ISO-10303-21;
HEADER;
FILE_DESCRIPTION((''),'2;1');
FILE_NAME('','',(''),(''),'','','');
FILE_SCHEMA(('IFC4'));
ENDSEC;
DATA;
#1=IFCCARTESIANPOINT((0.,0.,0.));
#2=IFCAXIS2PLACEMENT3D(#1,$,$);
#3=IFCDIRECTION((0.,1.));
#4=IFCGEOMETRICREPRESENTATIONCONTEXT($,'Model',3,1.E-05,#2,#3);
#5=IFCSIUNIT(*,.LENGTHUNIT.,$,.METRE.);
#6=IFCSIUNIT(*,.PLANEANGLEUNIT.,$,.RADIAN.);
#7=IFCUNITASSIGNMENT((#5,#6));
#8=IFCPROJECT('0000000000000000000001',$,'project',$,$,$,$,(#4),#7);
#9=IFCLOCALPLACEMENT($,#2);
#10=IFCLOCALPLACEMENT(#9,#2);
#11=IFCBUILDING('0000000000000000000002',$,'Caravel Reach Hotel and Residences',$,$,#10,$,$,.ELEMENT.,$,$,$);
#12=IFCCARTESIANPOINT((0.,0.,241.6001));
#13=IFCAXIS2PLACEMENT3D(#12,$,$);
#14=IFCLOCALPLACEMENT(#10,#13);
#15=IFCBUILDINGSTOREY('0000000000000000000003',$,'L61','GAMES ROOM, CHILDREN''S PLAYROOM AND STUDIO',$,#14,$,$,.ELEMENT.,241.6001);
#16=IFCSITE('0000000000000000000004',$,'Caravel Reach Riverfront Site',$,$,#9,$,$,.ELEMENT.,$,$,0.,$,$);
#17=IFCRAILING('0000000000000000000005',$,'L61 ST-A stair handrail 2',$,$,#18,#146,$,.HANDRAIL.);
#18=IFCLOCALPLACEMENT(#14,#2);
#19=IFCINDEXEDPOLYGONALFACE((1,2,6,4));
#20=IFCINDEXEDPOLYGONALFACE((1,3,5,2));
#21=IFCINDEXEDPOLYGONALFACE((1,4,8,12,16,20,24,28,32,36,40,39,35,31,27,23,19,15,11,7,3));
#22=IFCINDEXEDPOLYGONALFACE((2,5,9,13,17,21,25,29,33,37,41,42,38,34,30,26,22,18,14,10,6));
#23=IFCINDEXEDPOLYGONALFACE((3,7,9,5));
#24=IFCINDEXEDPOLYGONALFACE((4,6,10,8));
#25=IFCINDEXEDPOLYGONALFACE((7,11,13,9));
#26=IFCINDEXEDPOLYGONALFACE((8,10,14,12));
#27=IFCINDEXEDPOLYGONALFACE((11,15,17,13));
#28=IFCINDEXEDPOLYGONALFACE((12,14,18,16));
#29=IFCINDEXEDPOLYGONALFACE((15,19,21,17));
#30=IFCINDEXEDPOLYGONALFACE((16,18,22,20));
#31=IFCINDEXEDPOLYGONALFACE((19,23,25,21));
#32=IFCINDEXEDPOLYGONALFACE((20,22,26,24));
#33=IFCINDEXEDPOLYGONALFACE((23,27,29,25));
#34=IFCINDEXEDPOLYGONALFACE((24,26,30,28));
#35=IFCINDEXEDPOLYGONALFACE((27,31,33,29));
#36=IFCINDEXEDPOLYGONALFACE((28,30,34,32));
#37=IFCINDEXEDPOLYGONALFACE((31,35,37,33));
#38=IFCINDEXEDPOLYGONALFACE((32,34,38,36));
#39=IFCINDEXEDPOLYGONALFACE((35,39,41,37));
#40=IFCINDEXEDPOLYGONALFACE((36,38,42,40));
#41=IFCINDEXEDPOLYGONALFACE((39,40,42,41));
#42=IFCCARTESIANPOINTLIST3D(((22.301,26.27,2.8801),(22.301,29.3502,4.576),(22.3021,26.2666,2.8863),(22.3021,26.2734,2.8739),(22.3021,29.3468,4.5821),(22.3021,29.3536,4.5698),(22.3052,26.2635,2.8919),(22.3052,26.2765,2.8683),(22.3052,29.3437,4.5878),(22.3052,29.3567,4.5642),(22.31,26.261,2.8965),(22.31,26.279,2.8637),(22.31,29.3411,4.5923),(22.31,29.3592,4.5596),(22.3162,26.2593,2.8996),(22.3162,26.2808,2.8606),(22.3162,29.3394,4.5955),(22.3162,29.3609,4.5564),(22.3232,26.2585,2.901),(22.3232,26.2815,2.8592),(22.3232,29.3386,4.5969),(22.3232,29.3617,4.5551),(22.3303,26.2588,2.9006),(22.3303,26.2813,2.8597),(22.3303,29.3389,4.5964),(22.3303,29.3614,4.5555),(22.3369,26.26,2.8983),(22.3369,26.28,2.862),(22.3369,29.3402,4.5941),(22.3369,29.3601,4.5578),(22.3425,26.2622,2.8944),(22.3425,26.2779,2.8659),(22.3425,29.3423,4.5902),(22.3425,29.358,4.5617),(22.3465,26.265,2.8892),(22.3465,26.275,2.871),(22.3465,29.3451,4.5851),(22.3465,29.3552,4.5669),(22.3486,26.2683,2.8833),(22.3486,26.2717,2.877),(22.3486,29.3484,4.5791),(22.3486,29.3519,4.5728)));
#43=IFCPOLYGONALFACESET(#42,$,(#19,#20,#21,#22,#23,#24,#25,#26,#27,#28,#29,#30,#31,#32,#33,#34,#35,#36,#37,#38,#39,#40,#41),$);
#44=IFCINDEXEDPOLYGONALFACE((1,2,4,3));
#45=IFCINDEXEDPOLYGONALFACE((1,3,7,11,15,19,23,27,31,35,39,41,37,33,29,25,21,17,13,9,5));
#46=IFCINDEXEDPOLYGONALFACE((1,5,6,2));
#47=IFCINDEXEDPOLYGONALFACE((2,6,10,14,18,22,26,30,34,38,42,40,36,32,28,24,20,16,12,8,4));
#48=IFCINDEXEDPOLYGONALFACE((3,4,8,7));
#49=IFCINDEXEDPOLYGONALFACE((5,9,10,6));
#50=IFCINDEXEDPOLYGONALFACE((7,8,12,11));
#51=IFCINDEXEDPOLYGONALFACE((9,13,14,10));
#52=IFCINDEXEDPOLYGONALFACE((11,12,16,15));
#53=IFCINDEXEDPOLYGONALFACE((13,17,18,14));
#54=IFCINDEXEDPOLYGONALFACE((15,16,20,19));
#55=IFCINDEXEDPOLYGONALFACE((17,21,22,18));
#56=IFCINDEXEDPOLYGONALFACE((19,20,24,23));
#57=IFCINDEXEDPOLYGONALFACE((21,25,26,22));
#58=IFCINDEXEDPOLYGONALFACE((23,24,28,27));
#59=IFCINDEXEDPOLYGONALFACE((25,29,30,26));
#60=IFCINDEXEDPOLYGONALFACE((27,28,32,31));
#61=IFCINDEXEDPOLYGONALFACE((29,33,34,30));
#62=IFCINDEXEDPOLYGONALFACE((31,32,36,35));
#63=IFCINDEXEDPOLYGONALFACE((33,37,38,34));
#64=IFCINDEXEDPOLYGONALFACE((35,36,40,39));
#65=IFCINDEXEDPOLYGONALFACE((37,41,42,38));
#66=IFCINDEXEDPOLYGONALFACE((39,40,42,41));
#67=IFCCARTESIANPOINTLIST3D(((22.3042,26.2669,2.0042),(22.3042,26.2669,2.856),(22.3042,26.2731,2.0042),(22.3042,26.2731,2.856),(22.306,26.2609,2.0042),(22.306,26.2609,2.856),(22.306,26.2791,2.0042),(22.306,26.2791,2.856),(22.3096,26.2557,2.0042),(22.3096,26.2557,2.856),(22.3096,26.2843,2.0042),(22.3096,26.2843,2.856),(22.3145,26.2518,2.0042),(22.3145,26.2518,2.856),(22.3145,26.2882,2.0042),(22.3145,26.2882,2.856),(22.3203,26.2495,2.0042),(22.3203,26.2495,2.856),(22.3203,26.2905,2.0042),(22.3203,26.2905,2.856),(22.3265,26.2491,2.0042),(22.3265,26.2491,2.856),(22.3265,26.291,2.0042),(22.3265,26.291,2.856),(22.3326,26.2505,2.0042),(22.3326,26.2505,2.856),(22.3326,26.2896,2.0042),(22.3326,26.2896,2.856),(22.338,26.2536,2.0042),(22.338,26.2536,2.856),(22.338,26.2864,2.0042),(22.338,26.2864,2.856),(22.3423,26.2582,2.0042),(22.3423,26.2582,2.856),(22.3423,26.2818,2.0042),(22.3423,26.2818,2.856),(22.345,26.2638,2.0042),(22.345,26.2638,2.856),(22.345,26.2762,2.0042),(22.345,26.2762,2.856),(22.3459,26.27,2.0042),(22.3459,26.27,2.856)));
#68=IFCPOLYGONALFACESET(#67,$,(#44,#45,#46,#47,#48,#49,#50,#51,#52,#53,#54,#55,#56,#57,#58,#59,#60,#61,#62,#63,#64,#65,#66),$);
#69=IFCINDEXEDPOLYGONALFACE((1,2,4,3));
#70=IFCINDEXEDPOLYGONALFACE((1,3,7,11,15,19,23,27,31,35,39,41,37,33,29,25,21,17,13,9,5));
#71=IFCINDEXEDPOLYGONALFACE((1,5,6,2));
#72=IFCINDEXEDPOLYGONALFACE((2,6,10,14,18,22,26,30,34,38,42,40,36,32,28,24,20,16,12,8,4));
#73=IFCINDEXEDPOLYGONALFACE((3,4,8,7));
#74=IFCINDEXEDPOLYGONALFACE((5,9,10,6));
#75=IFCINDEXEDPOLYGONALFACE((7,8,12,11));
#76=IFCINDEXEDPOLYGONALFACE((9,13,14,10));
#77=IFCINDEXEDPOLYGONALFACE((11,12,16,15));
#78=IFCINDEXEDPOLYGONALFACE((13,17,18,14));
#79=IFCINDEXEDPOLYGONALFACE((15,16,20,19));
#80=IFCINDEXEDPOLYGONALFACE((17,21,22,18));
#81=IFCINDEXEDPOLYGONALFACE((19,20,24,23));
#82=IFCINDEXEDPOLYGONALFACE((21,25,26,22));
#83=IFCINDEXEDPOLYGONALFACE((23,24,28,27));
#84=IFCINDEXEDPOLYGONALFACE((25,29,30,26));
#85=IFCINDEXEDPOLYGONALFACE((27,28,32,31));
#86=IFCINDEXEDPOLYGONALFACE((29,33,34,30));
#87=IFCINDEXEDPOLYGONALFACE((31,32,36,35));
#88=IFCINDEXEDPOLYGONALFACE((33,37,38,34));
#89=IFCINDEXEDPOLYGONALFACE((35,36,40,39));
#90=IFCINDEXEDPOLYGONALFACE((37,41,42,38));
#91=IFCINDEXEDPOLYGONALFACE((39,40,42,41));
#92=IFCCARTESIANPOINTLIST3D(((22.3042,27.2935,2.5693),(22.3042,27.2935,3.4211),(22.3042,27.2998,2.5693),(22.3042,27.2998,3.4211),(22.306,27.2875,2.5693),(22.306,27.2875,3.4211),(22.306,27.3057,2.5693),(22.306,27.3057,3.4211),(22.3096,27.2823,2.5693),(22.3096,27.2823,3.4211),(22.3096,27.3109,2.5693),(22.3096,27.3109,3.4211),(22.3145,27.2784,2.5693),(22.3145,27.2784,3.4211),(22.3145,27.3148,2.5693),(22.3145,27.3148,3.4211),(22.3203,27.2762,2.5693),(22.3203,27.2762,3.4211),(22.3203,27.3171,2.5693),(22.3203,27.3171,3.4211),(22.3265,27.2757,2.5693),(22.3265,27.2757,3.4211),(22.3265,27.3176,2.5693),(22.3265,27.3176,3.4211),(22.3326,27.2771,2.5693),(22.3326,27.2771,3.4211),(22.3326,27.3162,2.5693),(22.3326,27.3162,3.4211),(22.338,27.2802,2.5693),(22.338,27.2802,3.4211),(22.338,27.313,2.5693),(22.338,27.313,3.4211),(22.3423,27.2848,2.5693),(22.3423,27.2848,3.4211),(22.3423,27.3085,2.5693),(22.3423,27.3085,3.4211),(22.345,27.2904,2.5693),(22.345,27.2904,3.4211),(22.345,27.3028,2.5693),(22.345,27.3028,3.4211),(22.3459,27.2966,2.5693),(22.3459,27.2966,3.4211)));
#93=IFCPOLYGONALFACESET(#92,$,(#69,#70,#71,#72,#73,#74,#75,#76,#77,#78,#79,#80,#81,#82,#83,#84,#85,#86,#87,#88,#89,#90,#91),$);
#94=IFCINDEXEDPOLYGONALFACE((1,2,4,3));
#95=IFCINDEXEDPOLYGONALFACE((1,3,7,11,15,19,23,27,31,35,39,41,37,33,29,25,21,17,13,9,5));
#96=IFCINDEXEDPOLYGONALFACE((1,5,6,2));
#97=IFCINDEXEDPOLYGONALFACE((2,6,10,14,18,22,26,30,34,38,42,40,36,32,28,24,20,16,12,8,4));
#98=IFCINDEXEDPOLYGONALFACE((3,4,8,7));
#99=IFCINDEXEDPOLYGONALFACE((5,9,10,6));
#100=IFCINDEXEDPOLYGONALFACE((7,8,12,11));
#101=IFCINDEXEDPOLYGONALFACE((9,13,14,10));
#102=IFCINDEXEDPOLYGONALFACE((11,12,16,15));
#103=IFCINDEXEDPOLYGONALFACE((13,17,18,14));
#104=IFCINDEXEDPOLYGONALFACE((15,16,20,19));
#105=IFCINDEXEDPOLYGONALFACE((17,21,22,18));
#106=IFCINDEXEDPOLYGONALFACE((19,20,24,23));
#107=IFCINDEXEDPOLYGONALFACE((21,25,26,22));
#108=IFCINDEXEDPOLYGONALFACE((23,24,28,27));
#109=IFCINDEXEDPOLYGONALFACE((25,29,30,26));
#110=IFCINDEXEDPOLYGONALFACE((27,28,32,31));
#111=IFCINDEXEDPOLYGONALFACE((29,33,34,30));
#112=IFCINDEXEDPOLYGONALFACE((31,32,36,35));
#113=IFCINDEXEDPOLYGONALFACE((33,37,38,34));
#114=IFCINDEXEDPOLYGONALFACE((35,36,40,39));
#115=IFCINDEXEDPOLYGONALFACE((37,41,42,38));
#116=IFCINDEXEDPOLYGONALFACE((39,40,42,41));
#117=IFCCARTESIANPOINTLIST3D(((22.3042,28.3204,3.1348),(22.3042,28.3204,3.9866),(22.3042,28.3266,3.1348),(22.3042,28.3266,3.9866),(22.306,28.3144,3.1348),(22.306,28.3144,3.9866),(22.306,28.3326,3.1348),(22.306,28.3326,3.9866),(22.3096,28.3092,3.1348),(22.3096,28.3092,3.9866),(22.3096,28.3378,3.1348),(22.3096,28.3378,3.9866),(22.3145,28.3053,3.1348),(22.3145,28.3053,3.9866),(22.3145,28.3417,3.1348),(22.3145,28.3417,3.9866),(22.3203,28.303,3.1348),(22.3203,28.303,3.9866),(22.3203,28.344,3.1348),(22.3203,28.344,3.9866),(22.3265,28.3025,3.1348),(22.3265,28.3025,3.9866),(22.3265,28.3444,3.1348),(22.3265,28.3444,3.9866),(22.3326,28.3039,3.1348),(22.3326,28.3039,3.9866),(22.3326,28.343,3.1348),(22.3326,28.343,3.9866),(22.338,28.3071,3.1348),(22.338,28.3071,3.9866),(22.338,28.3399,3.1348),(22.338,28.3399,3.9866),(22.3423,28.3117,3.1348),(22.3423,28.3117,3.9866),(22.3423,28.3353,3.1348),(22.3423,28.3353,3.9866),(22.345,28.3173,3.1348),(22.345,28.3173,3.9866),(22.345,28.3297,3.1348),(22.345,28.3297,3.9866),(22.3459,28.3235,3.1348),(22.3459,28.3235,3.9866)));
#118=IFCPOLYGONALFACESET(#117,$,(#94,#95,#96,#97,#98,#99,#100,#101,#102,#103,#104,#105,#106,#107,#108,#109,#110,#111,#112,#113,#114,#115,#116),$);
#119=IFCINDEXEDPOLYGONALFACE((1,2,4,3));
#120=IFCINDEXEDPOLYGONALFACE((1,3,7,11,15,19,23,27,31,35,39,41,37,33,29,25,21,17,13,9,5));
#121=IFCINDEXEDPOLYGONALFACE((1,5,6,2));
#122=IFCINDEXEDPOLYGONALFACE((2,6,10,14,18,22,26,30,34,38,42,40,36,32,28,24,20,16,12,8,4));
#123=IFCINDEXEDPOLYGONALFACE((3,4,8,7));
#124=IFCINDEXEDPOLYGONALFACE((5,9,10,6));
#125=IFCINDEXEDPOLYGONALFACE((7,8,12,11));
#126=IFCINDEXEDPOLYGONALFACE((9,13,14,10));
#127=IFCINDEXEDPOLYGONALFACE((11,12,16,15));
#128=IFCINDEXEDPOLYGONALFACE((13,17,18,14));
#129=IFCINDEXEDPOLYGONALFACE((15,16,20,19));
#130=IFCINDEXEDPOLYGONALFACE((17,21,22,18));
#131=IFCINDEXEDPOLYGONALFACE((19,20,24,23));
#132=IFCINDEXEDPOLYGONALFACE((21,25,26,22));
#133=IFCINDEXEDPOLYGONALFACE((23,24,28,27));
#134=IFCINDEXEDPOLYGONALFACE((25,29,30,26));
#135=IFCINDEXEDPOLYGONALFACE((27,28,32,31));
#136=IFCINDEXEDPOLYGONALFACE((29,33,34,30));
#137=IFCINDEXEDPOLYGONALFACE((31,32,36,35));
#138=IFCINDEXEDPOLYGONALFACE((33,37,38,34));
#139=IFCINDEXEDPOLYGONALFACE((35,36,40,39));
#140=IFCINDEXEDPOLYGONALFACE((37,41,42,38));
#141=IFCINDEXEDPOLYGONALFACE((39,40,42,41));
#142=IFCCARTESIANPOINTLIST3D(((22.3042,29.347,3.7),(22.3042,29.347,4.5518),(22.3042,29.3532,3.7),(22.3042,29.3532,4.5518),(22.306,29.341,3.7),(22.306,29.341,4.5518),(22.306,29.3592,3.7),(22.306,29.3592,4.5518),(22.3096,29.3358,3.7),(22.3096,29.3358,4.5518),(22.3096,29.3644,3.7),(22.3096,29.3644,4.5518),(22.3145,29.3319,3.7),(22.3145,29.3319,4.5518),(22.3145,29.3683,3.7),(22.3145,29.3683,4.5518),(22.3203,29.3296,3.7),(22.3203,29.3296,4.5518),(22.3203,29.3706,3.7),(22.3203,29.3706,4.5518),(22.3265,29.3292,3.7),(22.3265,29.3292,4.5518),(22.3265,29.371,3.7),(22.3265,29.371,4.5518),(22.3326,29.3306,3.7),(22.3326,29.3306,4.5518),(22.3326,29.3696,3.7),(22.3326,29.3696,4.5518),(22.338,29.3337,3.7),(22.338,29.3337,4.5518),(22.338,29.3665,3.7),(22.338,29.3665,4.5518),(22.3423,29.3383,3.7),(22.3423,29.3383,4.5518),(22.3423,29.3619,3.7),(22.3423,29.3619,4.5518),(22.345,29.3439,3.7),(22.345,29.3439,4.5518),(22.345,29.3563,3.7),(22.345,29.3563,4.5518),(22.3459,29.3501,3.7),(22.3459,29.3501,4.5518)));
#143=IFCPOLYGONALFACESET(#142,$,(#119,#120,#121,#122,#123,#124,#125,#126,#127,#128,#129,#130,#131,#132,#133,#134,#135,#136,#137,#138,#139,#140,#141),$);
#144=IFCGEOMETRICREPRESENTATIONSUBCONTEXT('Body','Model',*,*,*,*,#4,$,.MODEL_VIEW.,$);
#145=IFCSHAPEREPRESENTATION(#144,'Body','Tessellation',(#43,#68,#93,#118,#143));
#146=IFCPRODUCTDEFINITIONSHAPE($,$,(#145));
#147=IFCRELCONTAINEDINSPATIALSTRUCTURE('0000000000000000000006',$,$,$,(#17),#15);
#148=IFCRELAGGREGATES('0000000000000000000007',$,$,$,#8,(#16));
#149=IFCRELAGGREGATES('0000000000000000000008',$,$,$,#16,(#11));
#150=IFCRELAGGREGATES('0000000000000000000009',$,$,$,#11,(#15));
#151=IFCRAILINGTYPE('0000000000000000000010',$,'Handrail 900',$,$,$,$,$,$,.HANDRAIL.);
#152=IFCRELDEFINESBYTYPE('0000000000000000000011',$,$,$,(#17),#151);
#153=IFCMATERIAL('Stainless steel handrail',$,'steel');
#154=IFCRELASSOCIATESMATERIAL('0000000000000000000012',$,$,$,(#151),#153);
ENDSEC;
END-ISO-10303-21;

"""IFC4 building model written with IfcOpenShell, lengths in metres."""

from ifc_helpers import new_model, si_unit, direction, frame, origin, origin_2d, place, context, subcontext, project, spatial, circle, extrude, material, type_object, element, save


model = new_model("IFC4")

# Units and contexts
model_context = context("Model", 3, precision=1e-05, world=origin(), true_north=direction((0.0, 1.0)))
body_context = subcontext(model_context, "Body", "Model", "MODEL_VIEW")
ifc_project = project(units=[si_unit("LENGTHUNIT", "METRE"), si_unit("PLANEANGLEUNIT", "RADIAN")], contexts=[model_context])

# Site, building, storey
site_placement = place(None, origin())
site = spatial("IfcSite", under=ifc_project, at=site_placement, Name="Caravel Reach Riverfront Site", CompositionType="ELEMENT", RefElevation=0.0)
building_placement = place(site_placement, origin())
building = spatial("IfcBuilding", under=site, at=building_placement, Name="Caravel Reach Hotel and Residences", CompositionType="ELEMENT")
storey_placement = place(building_placement, frame((0.0, 0.0, 241.6001)))
storey = spatial("IfcBuildingStorey", under=building, at=storey_placement, Name="L61", Description="GAMES ROOM, CHILDREN'S PLAYROOM AND STUDIO", CompositionType="ELEMENT", Elevation=241.6001)

# Railing
ifc_material_1 = material(Name="Stainless steel handrail", Category="steel")
railing_type_1 = type_object("IfcRailingType", Name="Handrail 900", PredefinedType="HANDRAIL", material=ifc_material_1)
railing_1_placement = place(storey_placement, frame((22.325, 26.27, 2.0042)))
element("IfcRailing", 1, at=railing_1_placement, inside=storey, type_object=railing_type_1, Name="L61 ST-A stair handrail 2", PredefinedType="HANDRAIL", context=body_context, shape_type="SweptSolid", body=[
    extrude(circle(Radius=0.0239, at=origin_2d()), frame((0.0, 0.0, 0.876), z_axis=(0.0, 0.876005, 0.482303), x_axis=(-1.0, 0.0, 0.0)), (0.0, 0.0, 1.0), 3.5161),
    extrude(circle(Radius=0.021, at=origin_2d()), origin(), (0.0, 0.0, 1.0), 0.8518),
    extrude(circle(Radius=0.021, at=origin_2d()), frame((0.0, 1.0266, 0.5652)), (0.0, 0.0, 1.0), 0.8518),
    extrude(circle(Radius=0.021, at=origin_2d()), frame((0.0, 2.0535, 1.1306)), (0.0, 0.0, 1.0), 0.8518),
    extrude(circle(Radius=0.021, at=origin_2d()), frame((0.0, 3.0801, 1.6958)), (0.0, 0.0, 1.0), 0.8518),
])

save(model, "model.ifc")
